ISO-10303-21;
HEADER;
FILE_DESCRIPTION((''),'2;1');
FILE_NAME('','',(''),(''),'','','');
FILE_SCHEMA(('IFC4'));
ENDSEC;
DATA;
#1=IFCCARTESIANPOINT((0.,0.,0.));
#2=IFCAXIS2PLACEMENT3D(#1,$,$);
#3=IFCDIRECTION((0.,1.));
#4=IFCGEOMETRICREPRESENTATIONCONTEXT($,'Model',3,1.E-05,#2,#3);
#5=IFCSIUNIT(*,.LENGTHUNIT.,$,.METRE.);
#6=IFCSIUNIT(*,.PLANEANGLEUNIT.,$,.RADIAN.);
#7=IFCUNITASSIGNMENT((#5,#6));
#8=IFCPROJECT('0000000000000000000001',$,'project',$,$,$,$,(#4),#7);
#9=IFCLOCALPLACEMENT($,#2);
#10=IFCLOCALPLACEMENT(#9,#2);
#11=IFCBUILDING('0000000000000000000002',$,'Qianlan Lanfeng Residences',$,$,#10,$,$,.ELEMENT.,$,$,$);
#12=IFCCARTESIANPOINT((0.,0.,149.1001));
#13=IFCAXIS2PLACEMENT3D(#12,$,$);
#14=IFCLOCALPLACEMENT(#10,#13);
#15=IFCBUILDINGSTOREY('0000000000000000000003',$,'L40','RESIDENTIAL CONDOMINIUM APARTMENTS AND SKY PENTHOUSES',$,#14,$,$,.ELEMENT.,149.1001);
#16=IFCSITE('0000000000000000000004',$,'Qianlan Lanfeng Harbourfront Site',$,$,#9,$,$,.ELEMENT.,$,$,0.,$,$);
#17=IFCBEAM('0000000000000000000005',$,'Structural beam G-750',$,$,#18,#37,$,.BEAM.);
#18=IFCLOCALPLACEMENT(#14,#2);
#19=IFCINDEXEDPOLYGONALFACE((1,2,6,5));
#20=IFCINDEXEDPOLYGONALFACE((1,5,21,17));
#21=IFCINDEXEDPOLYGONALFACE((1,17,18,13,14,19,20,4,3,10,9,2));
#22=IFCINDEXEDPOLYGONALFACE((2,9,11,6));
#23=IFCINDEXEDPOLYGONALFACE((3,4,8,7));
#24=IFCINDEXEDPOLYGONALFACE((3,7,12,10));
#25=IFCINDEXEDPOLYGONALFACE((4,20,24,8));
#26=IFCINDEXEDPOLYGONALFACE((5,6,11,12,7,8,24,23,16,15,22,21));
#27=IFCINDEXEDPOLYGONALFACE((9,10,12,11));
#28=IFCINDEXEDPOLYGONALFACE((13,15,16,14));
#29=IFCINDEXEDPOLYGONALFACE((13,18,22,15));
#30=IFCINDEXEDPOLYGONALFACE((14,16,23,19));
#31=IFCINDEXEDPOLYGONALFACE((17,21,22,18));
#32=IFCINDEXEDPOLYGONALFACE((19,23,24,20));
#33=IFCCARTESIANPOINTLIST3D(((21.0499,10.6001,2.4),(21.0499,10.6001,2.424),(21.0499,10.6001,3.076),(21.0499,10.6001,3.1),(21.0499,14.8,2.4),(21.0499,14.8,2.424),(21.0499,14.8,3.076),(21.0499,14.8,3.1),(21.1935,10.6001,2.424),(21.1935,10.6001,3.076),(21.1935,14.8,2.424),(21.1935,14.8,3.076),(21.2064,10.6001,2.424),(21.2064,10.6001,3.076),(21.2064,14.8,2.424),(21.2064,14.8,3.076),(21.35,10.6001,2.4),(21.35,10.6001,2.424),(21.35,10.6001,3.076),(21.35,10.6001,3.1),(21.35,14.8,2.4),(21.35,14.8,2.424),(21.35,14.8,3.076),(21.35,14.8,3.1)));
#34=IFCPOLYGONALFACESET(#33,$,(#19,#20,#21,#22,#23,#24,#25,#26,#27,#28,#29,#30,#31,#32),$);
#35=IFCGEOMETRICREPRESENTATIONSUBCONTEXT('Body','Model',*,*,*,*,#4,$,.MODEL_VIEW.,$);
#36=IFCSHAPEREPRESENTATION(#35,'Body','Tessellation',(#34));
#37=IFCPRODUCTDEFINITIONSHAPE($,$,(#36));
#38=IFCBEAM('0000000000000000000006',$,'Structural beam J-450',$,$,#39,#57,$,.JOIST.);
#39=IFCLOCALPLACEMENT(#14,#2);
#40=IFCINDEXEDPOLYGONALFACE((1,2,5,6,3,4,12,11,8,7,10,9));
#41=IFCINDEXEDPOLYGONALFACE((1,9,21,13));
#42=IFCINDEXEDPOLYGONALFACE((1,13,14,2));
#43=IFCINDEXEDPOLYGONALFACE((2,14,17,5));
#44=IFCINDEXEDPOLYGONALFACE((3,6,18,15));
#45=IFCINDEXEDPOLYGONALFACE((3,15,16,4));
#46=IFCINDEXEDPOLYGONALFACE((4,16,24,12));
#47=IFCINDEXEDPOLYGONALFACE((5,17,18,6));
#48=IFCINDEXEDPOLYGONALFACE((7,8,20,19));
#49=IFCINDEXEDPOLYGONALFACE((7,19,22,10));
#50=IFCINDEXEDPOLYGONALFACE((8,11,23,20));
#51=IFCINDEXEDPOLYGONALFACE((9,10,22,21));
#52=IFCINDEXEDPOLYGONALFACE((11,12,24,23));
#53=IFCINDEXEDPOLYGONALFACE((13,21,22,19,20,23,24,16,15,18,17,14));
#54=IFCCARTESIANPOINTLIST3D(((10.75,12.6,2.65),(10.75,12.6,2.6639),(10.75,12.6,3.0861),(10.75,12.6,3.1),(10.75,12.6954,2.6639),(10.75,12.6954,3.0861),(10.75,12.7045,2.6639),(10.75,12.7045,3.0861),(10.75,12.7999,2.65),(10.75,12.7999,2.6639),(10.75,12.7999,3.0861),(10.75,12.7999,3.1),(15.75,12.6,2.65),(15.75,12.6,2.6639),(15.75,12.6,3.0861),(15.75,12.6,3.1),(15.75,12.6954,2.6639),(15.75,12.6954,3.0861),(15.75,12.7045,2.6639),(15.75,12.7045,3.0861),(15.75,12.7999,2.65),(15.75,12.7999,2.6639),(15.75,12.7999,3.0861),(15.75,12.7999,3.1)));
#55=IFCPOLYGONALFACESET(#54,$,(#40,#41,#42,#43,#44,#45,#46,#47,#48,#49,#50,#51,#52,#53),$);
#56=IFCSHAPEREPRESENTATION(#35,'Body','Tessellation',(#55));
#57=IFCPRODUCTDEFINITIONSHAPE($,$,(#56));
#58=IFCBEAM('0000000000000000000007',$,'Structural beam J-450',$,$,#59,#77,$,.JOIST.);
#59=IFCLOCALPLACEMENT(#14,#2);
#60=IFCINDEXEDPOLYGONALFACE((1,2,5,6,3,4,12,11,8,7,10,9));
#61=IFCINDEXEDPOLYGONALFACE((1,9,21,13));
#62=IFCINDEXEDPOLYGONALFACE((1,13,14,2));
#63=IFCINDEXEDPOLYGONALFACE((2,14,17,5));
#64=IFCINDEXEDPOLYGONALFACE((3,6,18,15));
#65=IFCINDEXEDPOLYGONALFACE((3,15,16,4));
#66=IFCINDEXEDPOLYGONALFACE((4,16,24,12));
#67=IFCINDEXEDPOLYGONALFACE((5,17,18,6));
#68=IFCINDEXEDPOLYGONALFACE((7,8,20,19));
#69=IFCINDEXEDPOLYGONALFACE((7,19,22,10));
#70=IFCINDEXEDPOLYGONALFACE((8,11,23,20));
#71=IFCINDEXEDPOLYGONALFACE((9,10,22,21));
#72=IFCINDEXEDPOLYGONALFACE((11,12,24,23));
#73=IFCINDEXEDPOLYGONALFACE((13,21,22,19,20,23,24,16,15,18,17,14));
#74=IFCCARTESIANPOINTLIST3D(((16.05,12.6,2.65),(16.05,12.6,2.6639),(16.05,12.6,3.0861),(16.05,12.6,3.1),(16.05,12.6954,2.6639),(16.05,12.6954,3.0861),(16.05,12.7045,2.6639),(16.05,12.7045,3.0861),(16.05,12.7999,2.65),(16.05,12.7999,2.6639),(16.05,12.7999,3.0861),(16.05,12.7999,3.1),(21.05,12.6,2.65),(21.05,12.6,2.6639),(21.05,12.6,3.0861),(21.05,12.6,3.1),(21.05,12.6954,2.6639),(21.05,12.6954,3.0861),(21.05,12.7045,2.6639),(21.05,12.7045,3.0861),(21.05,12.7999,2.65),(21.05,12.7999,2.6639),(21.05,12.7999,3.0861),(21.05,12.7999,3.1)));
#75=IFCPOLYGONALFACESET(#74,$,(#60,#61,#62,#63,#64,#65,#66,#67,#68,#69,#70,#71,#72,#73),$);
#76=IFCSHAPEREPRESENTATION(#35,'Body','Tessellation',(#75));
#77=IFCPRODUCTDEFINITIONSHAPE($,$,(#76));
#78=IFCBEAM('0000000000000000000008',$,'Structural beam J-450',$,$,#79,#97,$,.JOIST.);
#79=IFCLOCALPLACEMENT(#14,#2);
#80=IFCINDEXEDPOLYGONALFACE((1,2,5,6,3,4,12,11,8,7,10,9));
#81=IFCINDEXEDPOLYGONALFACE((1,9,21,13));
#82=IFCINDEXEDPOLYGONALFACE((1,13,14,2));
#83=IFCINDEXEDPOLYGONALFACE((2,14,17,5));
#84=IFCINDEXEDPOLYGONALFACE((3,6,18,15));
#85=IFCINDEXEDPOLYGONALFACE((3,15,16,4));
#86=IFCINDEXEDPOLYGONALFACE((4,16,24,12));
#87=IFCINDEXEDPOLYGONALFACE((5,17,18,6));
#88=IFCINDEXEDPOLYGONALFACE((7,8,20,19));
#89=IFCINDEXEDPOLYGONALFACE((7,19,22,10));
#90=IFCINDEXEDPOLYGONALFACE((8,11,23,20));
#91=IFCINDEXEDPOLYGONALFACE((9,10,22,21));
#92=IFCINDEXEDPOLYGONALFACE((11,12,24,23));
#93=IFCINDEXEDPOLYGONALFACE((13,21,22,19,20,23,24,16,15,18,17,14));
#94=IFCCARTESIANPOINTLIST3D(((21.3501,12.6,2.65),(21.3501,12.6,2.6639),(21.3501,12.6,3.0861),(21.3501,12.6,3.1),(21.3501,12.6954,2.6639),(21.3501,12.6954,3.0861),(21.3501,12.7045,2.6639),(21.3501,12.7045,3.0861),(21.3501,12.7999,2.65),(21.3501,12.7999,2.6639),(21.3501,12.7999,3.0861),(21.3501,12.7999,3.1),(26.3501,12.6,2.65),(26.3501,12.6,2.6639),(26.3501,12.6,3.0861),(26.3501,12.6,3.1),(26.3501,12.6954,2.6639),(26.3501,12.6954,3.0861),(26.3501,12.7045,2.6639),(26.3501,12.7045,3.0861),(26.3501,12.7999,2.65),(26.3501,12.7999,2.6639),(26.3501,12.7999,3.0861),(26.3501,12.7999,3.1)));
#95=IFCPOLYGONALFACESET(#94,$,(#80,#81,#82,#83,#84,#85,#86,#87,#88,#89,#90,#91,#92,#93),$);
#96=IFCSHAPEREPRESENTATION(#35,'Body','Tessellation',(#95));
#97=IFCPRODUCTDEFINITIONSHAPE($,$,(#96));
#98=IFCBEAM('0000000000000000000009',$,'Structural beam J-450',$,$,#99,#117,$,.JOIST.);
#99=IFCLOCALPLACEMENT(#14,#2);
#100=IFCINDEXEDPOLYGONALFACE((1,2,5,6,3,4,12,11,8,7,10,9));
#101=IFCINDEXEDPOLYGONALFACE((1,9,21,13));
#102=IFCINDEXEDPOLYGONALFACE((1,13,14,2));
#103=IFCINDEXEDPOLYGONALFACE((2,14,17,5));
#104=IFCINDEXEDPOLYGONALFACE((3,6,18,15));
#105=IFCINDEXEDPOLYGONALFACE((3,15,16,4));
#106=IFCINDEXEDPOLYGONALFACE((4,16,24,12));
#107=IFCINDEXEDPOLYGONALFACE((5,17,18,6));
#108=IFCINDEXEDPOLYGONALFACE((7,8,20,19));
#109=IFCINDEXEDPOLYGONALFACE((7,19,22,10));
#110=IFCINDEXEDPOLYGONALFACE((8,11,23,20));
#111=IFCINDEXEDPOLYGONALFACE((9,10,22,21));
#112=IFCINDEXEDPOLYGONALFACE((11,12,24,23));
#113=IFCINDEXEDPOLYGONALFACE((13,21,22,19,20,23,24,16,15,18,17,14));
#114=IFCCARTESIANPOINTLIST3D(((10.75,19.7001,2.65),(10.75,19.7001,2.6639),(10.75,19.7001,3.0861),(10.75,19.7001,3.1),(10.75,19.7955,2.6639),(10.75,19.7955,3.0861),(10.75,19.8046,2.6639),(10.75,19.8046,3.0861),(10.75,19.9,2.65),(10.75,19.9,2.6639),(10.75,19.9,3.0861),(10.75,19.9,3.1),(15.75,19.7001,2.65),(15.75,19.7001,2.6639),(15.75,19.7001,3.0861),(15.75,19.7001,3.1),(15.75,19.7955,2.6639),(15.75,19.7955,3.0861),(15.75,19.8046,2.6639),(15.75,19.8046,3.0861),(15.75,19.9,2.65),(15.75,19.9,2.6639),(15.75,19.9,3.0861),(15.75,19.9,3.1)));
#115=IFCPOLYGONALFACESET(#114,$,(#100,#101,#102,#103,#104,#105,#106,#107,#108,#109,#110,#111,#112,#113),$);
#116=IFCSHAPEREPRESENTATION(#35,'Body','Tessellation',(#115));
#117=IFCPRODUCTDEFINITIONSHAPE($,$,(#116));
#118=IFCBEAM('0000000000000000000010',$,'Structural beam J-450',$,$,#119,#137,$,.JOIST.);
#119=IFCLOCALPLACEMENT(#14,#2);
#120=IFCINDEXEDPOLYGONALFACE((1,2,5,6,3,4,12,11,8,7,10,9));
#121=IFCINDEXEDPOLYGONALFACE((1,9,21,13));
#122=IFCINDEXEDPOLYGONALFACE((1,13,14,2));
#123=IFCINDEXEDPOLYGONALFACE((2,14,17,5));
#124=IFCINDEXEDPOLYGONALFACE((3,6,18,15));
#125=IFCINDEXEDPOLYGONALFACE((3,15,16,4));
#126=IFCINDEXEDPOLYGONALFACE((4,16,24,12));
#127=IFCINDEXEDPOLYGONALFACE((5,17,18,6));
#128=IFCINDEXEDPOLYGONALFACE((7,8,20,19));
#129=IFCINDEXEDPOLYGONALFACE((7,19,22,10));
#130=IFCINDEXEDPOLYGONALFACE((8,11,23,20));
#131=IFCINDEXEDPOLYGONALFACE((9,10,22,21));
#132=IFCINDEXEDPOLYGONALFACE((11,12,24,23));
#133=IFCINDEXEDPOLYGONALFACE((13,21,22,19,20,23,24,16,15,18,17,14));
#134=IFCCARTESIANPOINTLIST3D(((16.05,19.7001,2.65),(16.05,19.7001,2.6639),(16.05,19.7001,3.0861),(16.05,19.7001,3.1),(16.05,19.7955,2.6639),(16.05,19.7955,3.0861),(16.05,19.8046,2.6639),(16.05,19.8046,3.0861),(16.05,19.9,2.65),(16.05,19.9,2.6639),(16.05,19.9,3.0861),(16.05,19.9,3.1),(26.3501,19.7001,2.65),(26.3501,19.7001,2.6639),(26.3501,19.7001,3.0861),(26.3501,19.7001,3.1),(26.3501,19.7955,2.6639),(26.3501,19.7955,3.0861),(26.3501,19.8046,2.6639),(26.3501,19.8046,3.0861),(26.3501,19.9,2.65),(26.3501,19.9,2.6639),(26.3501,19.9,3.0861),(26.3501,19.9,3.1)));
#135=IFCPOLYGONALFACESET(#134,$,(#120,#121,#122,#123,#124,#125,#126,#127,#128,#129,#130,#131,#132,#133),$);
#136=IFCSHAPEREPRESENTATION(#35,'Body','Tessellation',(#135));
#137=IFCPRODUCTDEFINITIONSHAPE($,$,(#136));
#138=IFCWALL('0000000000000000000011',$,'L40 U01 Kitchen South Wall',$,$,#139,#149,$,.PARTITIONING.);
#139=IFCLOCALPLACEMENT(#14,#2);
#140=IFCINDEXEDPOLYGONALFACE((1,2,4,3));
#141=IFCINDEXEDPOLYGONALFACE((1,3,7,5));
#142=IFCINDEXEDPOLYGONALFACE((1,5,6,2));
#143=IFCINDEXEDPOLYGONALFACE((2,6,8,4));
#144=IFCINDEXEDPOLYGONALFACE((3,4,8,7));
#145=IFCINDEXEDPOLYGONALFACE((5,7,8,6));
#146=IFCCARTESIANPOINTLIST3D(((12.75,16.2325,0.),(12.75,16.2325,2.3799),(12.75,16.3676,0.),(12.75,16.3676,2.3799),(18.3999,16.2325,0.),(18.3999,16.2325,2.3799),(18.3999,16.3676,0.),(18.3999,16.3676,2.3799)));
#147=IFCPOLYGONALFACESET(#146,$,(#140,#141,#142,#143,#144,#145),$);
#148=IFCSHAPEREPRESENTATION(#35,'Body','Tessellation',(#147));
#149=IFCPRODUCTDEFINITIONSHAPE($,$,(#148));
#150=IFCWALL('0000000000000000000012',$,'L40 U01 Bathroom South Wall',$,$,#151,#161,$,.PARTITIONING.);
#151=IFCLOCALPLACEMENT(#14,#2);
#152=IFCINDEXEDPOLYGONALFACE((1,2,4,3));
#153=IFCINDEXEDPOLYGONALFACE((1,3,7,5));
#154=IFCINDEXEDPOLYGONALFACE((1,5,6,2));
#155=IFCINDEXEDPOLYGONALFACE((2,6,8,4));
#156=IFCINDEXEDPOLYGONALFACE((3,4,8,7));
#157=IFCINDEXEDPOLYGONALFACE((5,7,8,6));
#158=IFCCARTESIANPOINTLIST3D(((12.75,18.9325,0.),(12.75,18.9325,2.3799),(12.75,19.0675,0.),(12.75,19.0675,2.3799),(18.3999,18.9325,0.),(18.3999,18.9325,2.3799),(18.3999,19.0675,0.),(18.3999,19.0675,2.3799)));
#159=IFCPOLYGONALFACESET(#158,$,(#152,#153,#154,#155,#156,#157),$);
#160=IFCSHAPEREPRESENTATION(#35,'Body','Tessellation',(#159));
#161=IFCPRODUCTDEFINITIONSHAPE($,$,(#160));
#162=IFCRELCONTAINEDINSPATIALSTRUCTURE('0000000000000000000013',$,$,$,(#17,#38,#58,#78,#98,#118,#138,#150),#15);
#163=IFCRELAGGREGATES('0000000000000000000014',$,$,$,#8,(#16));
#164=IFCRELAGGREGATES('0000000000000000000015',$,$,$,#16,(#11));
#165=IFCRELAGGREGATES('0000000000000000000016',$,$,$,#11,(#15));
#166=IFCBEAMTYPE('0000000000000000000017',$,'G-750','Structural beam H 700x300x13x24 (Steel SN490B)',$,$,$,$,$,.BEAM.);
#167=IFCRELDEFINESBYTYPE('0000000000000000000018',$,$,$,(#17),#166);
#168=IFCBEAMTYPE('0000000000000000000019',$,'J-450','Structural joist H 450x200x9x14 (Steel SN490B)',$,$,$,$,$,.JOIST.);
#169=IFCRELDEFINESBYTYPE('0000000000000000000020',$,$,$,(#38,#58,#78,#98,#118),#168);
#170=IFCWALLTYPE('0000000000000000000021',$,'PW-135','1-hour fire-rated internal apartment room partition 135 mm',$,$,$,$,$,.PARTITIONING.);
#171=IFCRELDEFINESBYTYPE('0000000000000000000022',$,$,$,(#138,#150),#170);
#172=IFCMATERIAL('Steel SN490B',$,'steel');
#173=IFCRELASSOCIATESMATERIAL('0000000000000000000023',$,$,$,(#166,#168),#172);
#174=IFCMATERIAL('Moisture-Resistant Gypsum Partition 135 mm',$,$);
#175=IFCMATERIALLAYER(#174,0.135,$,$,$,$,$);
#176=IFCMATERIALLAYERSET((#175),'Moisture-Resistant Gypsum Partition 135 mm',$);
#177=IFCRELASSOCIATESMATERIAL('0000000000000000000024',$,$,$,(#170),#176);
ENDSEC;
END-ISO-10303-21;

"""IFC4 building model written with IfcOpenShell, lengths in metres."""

from ifc_helpers import new_model, si_unit, direction, frame, frame_2d, origin, origin_2d, place, context, subcontext, project, spatial, rectangle, i_section, extrude, material, layer, layer_set, material_profile, profile_set, type_object, element, save


model = new_model("IFC4")

# Units and contexts
model_context = context("Model", 3, precision=1e-05, world=origin(), true_north=direction((0.0, 1.0)))
body_context = subcontext(model_context, "Body", "Model", "MODEL_VIEW")
ifc_project = project(units=[si_unit("LENGTHUNIT", "METRE"), si_unit("PLANEANGLEUNIT", "RADIAN")], contexts=[model_context])

# Site, building, storey
site_placement = place(None, origin())
site = spatial("IfcSite", under=ifc_project, at=site_placement, Name="Qianlan Lanfeng Harbourfront Site", CompositionType="ELEMENT", RefElevation=0.0)
building_placement = place(site_placement, origin())
building = spatial("IfcBuilding", under=site, at=building_placement, Name="Qianlan Lanfeng Residences", CompositionType="ELEMENT")
storey_placement = place(building_placement, frame((0.0, 0.0, 149.1001)))
storey = spatial("IfcBuildingStorey", under=building, at=storey_placement, Name="L40", Description="RESIDENTIAL CONDOMINIUM APARTMENTS AND SKY PENTHOUSES", CompositionType="ELEMENT", Elevation=149.1001)

# Shared definitions
ifc_material_1 = material(Name="Steel SN490B", Category="steel")

# Beams
ifc_material_profile_1 = material_profile(ifc_material_1, i_section(OverallWidth=0.3, OverallDepth=0.7, WebThickness=0.0129, FlangeThickness=0.0239, at=origin_2d()), Name="H 700x300x13x24")
ifc_profile_set_1 = profile_set([ifc_material_profile_1], Name="Steel SN490B")
beam_type_1 = type_object("IfcBeamType", Name="G-750", Description="Structural beam H 700x300x13x24 (Steel SN490B)", PredefinedType="BEAM", material=ifc_profile_set_1)
beam_1_placement = place(storey_placement, frame((21.2, 10.6001, 2.75), z_axis=(0.0, 1.0, 0.0), x_axis=(-1.0, 0.0, 0.0)))
element("IfcBeam", 1, at=beam_1_placement, inside=storey, type_object=beam_type_1, Name="Structural beam G-750", PredefinedType="BEAM", context=body_context, shape_type="SweptSolid", body=[
    extrude(i_section(OverallWidth=0.3, OverallDepth=0.7, WebThickness=0.0129, FlangeThickness=0.0239, at=origin_2d()), origin(), (0.0, 0.0, 1.0), 4.2),
])
ifc_material_profile_2 = material_profile(ifc_material_1, i_section(OverallWidth=0.2, OverallDepth=0.45, WebThickness=0.009, FlangeThickness=0.0139, at=origin_2d()), Name="H 450x200x9x14")
ifc_profile_set_2 = profile_set([ifc_material_profile_2], Name="Steel SN490B")
beam_type_2 = type_object("IfcBeamType", Name="J-450", Description="Structural joist H 450x200x9x14 (Steel SN490B)", PredefinedType="JOIST", material=ifc_profile_set_2)
for number, where, z_axis, x_axis, name in (
    (2, (10.75, 12.7, 2.875), (1.0, 0.0, 0.0), (0.0, 1.0, 0.0), "Structural beam J-450"),
    (3, (16.05, 12.7, 2.875), (1.0, 0.0, 0.0), (0.0, 1.0, 0.0), "Structural beam J-450"),
    (4, (21.3501, 12.7, 2.875), (1.0, 0.0, 0.0), (0.0, 1.0, 0.0), "Structural beam J-450"),
    (5, (10.75, 19.8, 2.875), (1.0, 0.0, 0.0), (0.0, 1.0, 0.0), "Structural beam J-450"),
):
    element("IfcBeam", number, at=place(storey_placement, frame(where, z_axis=z_axis, x_axis=x_axis)), inside=storey, type_object=beam_type_2, Name=name, PredefinedType="JOIST", context=body_context, shape_type="SweptSolid", body=[
        extrude(i_section(OverallWidth=0.2, OverallDepth=0.45, WebThickness=0.009, FlangeThickness=0.0139, at=origin_2d()), origin(), (0.0, 0.0, 1.0), 5.0),
    ])
beam_2_placement = place(storey_placement, frame((16.05, 19.8, 2.875), z_axis=(1.0, 0.0, 0.0), x_axis=(0.0, 1.0, 0.0)))
element("IfcBeam", 6, at=beam_2_placement, inside=storey, type_object=beam_type_2, Name="Structural beam J-450", PredefinedType="JOIST", context=body_context, shape_type="SweptSolid", body=[
    extrude(i_section(OverallWidth=0.2, OverallDepth=0.45, WebThickness=0.009, FlangeThickness=0.0139, at=origin_2d()), origin(), (0.0, 0.0, 1.0), 10.3),
])

# Shared definitions
ifc_material_2 = material(Name="Moisture-Resistant Gypsum Partition 135 mm")
ifc_layer = layer(ifc_material_2, 0.135)
ifc_layer_set = layer_set([ifc_layer], Name="Moisture-Resistant Gypsum Partition 135 mm")
wall_type = type_object("IfcWallType", Name="PW-135", Description="1-hour fire-rated internal apartment room partition 135 mm", PredefinedType="PARTITIONING", material=ifc_layer_set)

# Walls
for number, where, z_axis, x_axis, name in (
    (7, (12.75, 16.3, 0.0), (0.0, 0.0, 1.0), (1.0, 0.0, 0.0), "L40 U01 Kitchen South Wall"),
    (8, (12.75, 19.0, 0.0), (0.0, 0.0, 1.0), (1.0, 0.0, 0.0), "L40 U01 Bathroom South Wall"),
):
    element("IfcWall", number, at=place(storey_placement, frame(where, z_axis=z_axis, x_axis=x_axis)), inside=storey, type_object=wall_type, Name=name, PredefinedType="PARTITIONING", context=body_context, shape_type="SweptSolid", body=[
        extrude(rectangle(XDim=5.6499, YDim=0.135, at=frame_2d((2.825, 0.0))), origin(), (0.0, 0.0, 1.0), 2.3799),
    ])

save(model, "model.ifc")
